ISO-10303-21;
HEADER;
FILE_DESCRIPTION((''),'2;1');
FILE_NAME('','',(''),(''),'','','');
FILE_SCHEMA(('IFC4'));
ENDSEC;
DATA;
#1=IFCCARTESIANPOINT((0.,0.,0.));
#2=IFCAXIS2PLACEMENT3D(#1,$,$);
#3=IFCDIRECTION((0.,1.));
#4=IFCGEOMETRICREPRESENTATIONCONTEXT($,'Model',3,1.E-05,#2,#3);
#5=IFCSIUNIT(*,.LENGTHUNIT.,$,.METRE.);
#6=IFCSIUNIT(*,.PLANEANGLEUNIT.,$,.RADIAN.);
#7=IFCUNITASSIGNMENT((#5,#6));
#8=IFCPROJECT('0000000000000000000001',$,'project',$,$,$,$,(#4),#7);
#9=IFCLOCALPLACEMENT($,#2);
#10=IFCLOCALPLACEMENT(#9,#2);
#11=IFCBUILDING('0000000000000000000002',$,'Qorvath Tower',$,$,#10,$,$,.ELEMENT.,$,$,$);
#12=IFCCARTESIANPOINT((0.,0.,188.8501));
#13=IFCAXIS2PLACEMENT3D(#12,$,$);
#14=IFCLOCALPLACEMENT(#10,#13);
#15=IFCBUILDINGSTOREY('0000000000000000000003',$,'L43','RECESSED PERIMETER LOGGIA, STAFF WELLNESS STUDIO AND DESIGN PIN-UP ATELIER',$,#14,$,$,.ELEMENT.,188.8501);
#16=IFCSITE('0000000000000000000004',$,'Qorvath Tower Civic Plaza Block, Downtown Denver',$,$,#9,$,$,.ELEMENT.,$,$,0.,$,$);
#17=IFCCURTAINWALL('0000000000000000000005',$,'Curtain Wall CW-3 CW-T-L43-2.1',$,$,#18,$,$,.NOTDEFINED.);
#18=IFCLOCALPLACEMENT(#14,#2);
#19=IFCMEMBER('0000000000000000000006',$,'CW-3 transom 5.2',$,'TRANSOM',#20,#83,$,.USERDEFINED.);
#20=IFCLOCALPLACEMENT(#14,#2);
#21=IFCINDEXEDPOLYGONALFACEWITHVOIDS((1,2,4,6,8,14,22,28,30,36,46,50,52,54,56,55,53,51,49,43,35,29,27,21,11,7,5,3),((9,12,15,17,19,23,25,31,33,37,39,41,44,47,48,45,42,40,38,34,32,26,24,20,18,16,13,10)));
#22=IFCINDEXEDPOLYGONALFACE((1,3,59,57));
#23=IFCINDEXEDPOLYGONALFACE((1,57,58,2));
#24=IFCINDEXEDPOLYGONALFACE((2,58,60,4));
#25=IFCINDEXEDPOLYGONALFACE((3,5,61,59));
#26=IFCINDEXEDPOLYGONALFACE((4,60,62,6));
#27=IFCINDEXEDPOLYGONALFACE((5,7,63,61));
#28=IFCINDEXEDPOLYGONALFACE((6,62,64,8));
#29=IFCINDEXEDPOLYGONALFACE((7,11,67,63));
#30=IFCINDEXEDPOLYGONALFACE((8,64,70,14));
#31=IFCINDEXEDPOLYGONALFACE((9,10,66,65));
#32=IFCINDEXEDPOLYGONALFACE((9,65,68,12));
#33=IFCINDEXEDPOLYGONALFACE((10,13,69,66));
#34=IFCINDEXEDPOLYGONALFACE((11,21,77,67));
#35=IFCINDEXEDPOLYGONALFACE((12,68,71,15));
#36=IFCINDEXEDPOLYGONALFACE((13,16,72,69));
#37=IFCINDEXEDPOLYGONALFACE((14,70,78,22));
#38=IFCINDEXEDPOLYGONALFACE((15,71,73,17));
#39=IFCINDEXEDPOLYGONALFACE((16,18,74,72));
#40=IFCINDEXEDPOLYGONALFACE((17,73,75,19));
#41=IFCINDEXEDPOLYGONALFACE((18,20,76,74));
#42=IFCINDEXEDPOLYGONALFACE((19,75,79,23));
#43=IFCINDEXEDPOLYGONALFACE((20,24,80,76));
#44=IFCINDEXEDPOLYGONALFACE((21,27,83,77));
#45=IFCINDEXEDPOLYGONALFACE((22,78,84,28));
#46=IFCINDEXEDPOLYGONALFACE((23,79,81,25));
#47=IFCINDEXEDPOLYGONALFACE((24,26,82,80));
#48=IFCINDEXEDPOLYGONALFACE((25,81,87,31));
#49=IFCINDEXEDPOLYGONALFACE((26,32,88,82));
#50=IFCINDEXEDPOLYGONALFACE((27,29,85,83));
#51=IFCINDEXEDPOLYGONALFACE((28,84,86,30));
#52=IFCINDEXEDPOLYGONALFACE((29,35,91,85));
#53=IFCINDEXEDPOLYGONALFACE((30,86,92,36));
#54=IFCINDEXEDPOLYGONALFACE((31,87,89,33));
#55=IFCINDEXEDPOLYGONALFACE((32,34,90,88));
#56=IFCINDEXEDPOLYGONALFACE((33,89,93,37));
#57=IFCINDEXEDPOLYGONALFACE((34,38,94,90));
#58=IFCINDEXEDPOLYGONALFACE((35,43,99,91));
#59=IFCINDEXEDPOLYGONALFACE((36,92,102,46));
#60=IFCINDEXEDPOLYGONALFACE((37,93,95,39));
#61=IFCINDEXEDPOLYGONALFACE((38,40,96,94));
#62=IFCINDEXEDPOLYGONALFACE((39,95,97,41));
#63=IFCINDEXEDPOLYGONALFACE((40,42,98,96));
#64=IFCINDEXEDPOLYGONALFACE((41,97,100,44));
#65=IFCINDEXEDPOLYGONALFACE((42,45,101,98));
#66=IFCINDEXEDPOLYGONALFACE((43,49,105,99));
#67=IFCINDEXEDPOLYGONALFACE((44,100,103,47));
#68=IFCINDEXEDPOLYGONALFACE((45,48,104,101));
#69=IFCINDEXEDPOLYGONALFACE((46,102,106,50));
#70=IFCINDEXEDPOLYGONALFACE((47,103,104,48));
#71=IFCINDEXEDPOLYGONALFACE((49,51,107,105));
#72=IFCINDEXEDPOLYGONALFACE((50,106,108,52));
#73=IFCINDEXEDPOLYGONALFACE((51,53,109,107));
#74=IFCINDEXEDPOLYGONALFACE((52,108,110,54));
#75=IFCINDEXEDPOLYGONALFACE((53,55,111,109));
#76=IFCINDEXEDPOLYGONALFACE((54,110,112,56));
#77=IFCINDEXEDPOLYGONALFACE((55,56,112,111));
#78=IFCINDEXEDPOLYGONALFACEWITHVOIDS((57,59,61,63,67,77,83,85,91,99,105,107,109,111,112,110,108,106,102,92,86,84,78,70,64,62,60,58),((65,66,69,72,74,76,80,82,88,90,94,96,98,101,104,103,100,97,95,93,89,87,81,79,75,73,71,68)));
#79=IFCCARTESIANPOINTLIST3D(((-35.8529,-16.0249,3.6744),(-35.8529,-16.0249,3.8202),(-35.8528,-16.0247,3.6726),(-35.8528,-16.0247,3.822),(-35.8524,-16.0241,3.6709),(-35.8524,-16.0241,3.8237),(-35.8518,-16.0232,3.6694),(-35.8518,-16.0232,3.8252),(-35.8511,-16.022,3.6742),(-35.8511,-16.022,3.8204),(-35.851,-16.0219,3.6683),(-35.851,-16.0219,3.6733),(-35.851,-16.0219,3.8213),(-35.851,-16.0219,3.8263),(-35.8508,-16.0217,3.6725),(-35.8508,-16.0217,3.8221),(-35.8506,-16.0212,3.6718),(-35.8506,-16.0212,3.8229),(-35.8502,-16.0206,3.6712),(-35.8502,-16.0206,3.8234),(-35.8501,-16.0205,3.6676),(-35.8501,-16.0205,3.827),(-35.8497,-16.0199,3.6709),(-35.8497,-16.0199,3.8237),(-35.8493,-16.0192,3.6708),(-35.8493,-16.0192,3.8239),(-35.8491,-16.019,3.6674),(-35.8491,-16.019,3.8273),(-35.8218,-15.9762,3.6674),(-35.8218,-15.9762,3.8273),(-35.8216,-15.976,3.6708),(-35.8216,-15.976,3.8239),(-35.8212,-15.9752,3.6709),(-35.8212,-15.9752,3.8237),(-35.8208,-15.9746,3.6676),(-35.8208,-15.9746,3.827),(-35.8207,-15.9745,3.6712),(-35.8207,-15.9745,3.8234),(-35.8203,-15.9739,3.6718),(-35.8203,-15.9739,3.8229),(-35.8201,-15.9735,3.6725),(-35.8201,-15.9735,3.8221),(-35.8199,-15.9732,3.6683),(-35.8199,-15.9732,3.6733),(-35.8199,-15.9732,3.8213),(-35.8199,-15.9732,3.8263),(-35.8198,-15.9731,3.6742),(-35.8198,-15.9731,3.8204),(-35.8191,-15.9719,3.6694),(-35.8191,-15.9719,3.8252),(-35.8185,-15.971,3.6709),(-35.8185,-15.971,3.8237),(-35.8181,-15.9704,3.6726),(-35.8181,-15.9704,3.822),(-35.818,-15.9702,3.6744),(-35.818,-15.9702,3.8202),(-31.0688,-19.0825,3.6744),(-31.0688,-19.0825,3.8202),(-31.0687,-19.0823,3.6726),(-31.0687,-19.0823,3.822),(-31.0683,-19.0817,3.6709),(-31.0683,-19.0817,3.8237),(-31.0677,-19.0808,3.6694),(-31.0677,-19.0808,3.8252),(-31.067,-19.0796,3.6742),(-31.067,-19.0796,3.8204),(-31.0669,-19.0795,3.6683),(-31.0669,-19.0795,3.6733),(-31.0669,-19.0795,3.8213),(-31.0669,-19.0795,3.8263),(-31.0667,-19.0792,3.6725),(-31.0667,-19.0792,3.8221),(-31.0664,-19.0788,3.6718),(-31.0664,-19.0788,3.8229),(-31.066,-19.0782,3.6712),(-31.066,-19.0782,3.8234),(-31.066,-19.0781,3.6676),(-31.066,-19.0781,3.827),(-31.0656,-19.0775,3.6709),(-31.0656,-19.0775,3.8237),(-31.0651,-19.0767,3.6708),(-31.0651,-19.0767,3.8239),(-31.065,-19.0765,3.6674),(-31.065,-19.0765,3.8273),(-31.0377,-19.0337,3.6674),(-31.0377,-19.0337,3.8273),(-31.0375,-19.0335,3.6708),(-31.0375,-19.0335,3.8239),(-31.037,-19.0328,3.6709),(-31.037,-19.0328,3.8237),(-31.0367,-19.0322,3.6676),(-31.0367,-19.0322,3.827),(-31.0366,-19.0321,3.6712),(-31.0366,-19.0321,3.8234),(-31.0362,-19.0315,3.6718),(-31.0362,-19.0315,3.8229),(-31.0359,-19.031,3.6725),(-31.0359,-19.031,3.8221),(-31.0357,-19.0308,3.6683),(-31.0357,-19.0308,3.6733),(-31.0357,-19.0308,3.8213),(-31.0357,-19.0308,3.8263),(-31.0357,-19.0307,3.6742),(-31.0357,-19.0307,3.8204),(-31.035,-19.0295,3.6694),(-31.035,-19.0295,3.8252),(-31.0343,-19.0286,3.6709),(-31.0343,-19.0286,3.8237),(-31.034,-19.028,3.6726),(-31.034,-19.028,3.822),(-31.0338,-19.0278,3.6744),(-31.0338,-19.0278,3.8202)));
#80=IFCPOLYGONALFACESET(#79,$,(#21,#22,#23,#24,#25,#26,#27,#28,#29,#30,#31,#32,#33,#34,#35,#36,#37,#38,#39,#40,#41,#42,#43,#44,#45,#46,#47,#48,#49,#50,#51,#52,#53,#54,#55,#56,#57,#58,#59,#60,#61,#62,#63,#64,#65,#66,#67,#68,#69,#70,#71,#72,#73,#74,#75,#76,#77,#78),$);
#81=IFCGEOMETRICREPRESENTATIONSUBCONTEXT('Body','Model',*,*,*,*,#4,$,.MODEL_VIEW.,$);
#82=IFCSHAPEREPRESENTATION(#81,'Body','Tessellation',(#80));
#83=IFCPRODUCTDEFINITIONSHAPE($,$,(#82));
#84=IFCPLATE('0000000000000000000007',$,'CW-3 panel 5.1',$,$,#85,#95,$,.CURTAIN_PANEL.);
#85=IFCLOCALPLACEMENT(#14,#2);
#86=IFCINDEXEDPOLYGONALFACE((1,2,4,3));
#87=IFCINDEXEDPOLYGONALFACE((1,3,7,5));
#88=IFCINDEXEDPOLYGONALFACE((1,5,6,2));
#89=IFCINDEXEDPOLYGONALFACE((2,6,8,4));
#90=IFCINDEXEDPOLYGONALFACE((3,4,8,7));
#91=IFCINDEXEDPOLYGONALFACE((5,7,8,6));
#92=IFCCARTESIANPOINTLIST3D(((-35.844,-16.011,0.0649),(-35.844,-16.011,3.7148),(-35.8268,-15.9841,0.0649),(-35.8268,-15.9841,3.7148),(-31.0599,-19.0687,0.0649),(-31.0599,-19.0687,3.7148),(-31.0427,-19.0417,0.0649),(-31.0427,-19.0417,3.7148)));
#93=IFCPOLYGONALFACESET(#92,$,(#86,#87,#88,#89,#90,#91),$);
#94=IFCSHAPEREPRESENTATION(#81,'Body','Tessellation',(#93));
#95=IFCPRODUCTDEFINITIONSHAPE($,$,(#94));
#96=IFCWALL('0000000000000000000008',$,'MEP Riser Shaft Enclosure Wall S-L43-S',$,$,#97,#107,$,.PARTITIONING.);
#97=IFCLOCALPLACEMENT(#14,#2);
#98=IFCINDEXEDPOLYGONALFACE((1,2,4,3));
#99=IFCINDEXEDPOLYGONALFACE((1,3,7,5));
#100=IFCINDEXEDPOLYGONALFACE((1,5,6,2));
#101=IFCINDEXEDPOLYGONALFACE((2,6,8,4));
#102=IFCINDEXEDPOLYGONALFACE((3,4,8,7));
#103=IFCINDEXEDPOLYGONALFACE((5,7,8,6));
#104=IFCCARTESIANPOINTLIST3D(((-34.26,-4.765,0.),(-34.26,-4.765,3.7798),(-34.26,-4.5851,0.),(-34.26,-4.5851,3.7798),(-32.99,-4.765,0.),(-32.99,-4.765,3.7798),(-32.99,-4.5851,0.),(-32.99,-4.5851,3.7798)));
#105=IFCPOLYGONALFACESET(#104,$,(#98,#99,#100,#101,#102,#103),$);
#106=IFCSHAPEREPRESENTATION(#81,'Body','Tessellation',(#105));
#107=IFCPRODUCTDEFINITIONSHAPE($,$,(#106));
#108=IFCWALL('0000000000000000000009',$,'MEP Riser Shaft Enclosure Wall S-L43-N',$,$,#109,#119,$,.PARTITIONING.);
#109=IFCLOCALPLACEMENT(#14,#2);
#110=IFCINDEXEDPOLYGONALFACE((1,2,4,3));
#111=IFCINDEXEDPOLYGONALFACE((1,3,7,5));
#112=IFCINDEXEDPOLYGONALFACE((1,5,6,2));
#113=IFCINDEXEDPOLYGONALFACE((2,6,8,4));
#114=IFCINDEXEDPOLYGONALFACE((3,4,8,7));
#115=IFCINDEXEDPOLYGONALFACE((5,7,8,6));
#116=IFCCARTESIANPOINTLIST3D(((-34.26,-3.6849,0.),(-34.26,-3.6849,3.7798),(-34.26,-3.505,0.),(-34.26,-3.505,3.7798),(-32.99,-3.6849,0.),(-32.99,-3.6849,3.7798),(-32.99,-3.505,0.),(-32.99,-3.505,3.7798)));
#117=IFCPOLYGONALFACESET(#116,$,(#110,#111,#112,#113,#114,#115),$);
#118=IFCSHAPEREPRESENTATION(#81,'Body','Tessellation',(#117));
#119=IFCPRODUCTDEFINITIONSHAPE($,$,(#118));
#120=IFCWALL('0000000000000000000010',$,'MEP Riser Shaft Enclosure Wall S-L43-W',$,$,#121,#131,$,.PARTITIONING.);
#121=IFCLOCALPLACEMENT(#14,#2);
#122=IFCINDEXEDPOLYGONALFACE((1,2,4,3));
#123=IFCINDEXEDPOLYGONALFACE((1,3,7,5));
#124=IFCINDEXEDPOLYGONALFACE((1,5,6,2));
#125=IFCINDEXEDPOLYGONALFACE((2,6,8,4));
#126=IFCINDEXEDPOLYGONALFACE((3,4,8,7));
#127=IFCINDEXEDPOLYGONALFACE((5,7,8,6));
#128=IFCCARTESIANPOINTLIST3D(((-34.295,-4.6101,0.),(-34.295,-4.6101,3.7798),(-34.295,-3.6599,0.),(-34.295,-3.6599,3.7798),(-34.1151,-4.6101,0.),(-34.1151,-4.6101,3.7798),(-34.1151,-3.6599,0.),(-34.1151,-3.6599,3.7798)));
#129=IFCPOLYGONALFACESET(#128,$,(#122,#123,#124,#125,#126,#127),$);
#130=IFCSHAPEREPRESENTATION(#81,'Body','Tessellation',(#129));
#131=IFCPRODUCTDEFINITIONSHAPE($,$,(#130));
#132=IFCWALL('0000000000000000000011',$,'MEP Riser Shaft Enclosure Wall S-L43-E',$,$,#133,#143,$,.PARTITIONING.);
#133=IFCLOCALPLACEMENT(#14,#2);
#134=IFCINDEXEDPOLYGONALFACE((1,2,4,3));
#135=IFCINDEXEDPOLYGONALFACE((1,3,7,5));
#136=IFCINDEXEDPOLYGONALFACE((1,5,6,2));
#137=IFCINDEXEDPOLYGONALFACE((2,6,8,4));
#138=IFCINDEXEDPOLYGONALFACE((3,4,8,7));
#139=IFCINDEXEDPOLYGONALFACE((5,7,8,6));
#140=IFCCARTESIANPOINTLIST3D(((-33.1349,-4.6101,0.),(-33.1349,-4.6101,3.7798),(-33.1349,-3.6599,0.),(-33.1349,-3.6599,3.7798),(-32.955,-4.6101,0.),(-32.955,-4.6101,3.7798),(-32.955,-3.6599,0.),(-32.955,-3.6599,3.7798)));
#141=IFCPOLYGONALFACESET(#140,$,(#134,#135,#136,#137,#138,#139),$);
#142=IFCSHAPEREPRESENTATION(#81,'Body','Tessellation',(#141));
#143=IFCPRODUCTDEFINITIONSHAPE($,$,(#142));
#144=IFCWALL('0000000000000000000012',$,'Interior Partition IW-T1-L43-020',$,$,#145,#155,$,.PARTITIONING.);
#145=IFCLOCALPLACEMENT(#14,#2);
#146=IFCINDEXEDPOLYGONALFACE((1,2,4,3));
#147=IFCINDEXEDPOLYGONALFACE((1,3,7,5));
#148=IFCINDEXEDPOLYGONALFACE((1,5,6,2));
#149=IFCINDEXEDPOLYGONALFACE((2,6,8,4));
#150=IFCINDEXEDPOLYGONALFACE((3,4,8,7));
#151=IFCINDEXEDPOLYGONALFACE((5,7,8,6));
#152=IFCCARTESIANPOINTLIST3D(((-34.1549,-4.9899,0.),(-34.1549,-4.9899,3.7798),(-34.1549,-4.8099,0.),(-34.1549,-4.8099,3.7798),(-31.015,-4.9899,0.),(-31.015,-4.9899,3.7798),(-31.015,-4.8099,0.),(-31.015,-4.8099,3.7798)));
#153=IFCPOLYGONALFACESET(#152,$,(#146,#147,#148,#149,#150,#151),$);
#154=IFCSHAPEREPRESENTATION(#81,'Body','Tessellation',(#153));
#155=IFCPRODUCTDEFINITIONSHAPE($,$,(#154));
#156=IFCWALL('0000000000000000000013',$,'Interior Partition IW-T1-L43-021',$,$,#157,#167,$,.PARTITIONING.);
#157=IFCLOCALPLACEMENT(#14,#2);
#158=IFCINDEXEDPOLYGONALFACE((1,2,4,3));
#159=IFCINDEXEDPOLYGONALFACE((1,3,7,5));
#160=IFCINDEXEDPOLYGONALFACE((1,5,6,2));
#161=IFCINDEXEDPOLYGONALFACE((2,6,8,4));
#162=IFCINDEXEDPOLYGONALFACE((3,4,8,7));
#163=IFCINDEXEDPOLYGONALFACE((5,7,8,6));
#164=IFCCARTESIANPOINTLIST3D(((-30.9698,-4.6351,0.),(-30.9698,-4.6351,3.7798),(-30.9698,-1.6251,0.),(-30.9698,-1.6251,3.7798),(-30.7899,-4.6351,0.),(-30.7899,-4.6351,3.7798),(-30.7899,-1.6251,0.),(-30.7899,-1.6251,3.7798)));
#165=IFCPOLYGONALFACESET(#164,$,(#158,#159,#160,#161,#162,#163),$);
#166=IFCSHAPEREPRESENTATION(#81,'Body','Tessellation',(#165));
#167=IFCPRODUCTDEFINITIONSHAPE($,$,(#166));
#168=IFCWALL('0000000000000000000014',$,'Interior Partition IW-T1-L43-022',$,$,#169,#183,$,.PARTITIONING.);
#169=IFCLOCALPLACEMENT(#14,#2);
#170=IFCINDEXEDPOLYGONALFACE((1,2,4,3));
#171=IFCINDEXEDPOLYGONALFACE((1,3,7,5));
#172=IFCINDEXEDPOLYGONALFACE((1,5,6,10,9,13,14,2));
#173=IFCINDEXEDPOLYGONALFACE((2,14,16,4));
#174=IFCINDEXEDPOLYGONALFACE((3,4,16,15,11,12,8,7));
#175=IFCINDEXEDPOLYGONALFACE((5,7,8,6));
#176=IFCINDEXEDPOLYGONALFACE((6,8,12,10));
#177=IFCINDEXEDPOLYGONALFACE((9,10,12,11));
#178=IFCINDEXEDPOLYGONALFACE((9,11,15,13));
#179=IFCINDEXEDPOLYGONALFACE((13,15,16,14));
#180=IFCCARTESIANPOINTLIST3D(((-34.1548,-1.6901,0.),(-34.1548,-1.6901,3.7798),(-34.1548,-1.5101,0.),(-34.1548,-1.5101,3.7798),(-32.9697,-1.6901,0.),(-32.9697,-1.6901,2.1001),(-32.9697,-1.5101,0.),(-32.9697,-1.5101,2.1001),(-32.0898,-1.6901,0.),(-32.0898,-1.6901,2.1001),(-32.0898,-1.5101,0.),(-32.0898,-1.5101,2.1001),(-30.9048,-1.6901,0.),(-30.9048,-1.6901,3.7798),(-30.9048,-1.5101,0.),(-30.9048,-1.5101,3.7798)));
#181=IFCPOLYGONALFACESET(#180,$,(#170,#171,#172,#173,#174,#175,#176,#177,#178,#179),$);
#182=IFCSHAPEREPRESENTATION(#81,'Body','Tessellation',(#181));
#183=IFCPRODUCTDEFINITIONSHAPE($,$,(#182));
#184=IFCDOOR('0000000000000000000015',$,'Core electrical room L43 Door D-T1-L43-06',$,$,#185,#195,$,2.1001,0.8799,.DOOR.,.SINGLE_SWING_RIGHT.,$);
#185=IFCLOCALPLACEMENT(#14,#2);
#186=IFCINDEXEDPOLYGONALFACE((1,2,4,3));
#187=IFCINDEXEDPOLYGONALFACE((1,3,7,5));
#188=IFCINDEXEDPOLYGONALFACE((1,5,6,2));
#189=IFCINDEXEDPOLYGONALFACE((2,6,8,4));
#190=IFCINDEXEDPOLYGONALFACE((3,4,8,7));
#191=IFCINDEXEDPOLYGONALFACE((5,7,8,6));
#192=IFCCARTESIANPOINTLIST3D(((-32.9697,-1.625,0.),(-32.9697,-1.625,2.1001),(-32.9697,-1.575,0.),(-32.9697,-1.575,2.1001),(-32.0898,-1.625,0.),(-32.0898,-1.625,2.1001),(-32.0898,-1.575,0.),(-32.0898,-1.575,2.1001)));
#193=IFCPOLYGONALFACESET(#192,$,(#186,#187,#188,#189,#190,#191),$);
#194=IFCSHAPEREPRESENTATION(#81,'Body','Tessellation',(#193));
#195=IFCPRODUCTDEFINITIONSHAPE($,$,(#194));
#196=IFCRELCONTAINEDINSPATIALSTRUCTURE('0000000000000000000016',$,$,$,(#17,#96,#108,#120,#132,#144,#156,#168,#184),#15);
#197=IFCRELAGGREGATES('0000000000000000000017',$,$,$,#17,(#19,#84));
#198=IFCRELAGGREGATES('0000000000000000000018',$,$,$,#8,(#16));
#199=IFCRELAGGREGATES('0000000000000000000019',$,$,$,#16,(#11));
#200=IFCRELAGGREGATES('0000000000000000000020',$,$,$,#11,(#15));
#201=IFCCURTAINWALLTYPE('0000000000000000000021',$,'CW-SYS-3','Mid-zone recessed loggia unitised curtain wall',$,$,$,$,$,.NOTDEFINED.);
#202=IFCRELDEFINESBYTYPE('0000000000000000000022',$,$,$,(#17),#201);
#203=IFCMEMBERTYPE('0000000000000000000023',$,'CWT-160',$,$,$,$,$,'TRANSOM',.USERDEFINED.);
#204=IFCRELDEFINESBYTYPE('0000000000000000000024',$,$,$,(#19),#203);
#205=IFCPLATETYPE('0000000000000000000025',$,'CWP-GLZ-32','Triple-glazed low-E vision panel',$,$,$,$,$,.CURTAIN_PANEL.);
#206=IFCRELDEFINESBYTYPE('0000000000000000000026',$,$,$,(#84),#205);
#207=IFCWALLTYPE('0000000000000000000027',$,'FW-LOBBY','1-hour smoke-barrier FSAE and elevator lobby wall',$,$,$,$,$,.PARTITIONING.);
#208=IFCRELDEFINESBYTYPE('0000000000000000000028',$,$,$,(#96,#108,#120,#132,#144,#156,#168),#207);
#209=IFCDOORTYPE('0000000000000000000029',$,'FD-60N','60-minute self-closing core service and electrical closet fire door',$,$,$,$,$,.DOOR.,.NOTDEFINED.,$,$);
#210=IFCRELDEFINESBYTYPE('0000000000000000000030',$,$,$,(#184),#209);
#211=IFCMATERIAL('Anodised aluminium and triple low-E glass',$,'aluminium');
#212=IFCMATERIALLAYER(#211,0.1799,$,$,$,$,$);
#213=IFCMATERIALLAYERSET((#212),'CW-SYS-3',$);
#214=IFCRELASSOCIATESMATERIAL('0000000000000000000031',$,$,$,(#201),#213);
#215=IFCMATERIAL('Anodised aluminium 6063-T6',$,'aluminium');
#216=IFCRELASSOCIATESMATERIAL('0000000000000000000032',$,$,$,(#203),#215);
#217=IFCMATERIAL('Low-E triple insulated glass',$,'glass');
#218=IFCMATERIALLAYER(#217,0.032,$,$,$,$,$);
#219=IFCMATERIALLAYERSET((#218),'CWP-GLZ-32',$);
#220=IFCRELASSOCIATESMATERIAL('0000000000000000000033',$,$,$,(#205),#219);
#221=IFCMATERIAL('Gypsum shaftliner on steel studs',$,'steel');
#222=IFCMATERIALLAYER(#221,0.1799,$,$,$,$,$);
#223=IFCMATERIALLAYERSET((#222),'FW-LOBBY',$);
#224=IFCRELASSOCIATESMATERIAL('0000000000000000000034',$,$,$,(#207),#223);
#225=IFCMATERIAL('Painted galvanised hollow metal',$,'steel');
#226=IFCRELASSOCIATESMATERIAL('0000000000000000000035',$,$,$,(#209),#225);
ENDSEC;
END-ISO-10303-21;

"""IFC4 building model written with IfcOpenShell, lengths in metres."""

from ifc_helpers import new_model, si_unit, direction, frame, frame_2d, origin, origin_2d, place, context, subcontext, project, spatial, rectangle, hollow_rectangle, extrude, material, layer, layer_set, material_profile, profile_set, type_object, element, fill, aggregate, save


model = new_model("IFC4")

# Units and contexts
model_context = context("Model", 3, precision=1e-05, world=origin(), true_north=direction((0.0, 1.0)))
body_context = subcontext(model_context, "Body", "Model", "MODEL_VIEW")
ifc_project = project(units=[si_unit("LENGTHUNIT", "METRE"), si_unit("PLANEANGLEUNIT", "RADIAN")], contexts=[model_context])

# Site, building, storey
site_placement = place(None, origin())
site = spatial("IfcSite", under=ifc_project, at=site_placement, Name="Qorvath Tower Civic Plaza Block, Downtown Denver", CompositionType="ELEMENT", RefElevation=0.0)
building_placement = place(site_placement, origin())
building = spatial("IfcBuilding", under=site, at=building_placement, Name="Qorvath Tower", CompositionType="ELEMENT")
storey_placement = place(building_placement, frame((0.0, 0.0, 188.8501)))
storey = spatial("IfcBuildingStorey", under=building, at=storey_placement, Name="L43", Description="RECESSED PERIMETER LOGGIA, STAFF WELLNESS STUDIO AND DESIGN PIN-UP ATELIER", CompositionType="ELEMENT", Elevation=188.8501)

# Curtain wall
ifc_material_1 = material(Name="Anodised aluminium and triple low-E glass", Category="aluminium")
ifc_layer_1 = layer(ifc_material_1, 0.1799)
ifc_layer_set_1 = layer_set([ifc_layer_1], Name="CW-SYS-3")
curtain_wall_type = type_object("IfcCurtainWallType", Name="CW-SYS-3", Description="Mid-zone recessed loggia unitised curtain wall", PredefinedType="NOTDEFINED", material=ifc_layer_set_1)
curtain_wall_1_placement = place(storey_placement, origin())
curtain_wall_1 = element("IfcCurtainWall", 1, at=curtain_wall_1_placement, inside=storey, type_object=curtain_wall_type, Name="Curtain Wall CW-3 CW-T-L43-2.1", PredefinedType="NOTDEFINED")

# Member
ifc_material_2 = material(Name="Anodised aluminium 6063-T6", Category="aluminium")
ifc_material_profile_1 = material_profile(ifc_material_2, hollow_rectangle(XDim=0.0649, YDim=0.1599, WallThickness=0.0034, InnerFilletRadius=0.0034, OuterFilletRadius=0.0071, at=origin_2d()), Name="CWT 160x65")
ifc_profile_set_1 = profile_set([ifc_material_profile_1], Name="Anodised aluminium 6063-T6")
member_type_1 = type_object("IfcMemberType", Name="CWT-160", ElementType="TRANSOM", PredefinedType="USERDEFINED", material=ifc_profile_set_1)
member_1_placement = place(storey_placement, frame((-35.8354, -15.9976, 3.7473), z_axis=(0.842612, -0.538522, 0.0), x_axis=(0.538522, 0.842612, 0.0)))
member_1 = element("IfcMember", 2, at=member_1_placement, type_object=member_type_1, Name="CW-3 transom 5.2", ObjectType="TRANSOM", PredefinedType="USERDEFINED", context=body_context, shape_type="SweptSolid", body=[
    extrude(hollow_rectangle(XDim=0.0649, YDim=0.1599, WallThickness=0.0034, InnerFilletRadius=0.0034, OuterFilletRadius=0.0071, at=origin_2d()), origin(), (0.0, 0.0, 1.0), 5.6777),
])

# Plate
ifc_material_3 = material(Name="Low-E triple insulated glass", Category="glass")
ifc_layer_2 = layer(ifc_material_3, 0.032)
ifc_layer_set_2 = layer_set([ifc_layer_2], Name="CWP-GLZ-32")
plate_type = type_object("IfcPlateType", Name="CWP-GLZ-32", Description="Triple-glazed low-E vision panel", PredefinedType="CURTAIN_PANEL", material=ifc_layer_set_2)
plate_placement = place(storey_placement, frame((-33.4434, -17.5264, 0.0649), z_axis=(0.0, 0.0, 1.0), x_axis=(0.842607, -0.53853, 0.0)))
plate = element("IfcPlate", 3, at=plate_placement, type_object=plate_type, Name="CW-3 panel 5.1", PredefinedType="CURTAIN_PANEL", context=body_context, shape_type="SweptSolid", body=[
    extrude(rectangle(XDim=5.6777, YDim=0.032, at=origin_2d()), origin(), (0.0, 0.0, 1.0), 3.6499),
])
aggregate(curtain_wall_1, [member_1, plate])

# Walls
ifc_material_4 = material(Name="Gypsum shaftliner on steel studs", Category="steel")
ifc_layer_3 = layer(ifc_material_4, 0.1799)
ifc_layer_set_3 = layer_set([ifc_layer_3], Name="FW-LOBBY")
wall_type_1 = type_object("IfcWallType", Name="FW-LOBBY", Description="1-hour smoke-barrier FSAE and elevator lobby wall", PredefinedType="PARTITIONING", material=ifc_layer_set_3)
for number, where, z_axis, x_axis, name in (
    (4, (-32.99, -4.675, 0.0), (0.0, 0.0, 1.0), (-1.0, 0.0, 0.0), "MEP Riser Shaft Enclosure Wall S-L43-S"),
    (5, (-34.26, -3.595, 0.0), (0.0, 0.0, 1.0), (1.0, 0.0, 0.0), "MEP Riser Shaft Enclosure Wall S-L43-N"),
):
    element("IfcWall", number, at=place(storey_placement, frame(where, z_axis=z_axis, x_axis=x_axis)), inside=storey, type_object=wall_type_1, Name=name, PredefinedType="PARTITIONING", context=body_context, shape_type="SweptSolid", body=[
        extrude(rectangle(XDim=1.27, YDim=0.1799, at=frame_2d((0.635, 0.0))), origin(), (0.0, 0.0, 1.0), 3.7798),
    ])
for number, where, z_axis, x_axis, name in (
    (6, (-34.2051, -4.6101, 0.0), (0.0, 0.0, 1.0), (0.0, 1.0, 0.0), "MEP Riser Shaft Enclosure Wall S-L43-W"),
    (7, (-33.0449, -3.6599, 0.0), (0.0, 0.0, 1.0), (0.0, -1.0, 0.0), "MEP Riser Shaft Enclosure Wall S-L43-E"),
):
    element("IfcWall", number, at=place(storey_placement, frame(where, z_axis=z_axis, x_axis=x_axis)), inside=storey, type_object=wall_type_1, Name=name, PredefinedType="PARTITIONING", context=body_context, shape_type="SweptSolid", body=[
        extrude(rectangle(XDim=0.9502, YDim=0.1799, at=frame_2d((0.4751, 0.0))), origin(), (0.0, 0.0, 1.0), 3.7798),
    ])
wall_1_placement = place(storey_placement, frame((-34.1548, -4.8999, 0.0), z_axis=(0.0, 0.0, 1.0), x_axis=(1.0, 0.0, 0.0)))
element("IfcWall", 8, at=wall_1_placement, inside=storey, type_object=wall_type_1, Name="Interior Partition IW-T1-L43-020", PredefinedType="PARTITIONING", context=body_context, shape_type="SweptSolid", body=[
    extrude(rectangle(XDim=3.1399, YDim=0.1799, at=frame_2d((1.5698, 0.0))), origin(), (0.0, 0.0, 1.0), 3.7798),
])
wall_2_placement = place(storey_placement, frame((-30.8799, -4.635, 0.0), z_axis=(0.0, 0.0, 1.0), x_axis=(0.0, 1.0, 0.0)))
element("IfcWall", 9, at=wall_2_placement, inside=storey, type_object=wall_type_1, Name="Interior Partition IW-T1-L43-021", PredefinedType="PARTITIONING", context=body_context, shape_type="SweptSolid", body=[
    extrude(rectangle(XDim=3.01, YDim=0.1799, at=frame_2d((1.5049, 0.0))), origin(), (0.0, 0.0, 1.0), 3.7798),
])

# Wall, opening, door
wall_3_placement = place(storey_placement, frame((-30.9048, -1.6001, 0.0), z_axis=(0.0, 0.0, 1.0), x_axis=(-1.0, 0.0, 0.0)))
wall_3 = element("IfcWall", 10, at=wall_3_placement, inside=storey, type_object=wall_type_1, Name="Interior Partition IW-T1-L43-022", PredefinedType="PARTITIONING", context=body_context, shape_type="SweptSolid", body=[
    extrude(rectangle(XDim=3.25, YDim=0.1799, at=frame_2d((1.625, 0.0))), origin(), (0.0, 0.0, 1.0), 3.7798),
])
opening_1_placement = place(wall_3_placement, frame((1.1851, 0.0, 0.0)))
opening_1 = element("IfcOpeningElement", 11, at=opening_1_placement, cuts=wall_3, PredefinedType="OPENING", context=body_context, shape_type="SweptSolid", body=[
    extrude(rectangle(XDim=0.8799, YDim=2.1001, at=frame_2d((0.4399, 1.05))), frame((0.0, 0.1001, 0.0), z_axis=(0.0, -1.0, 0.0), x_axis=(1.0, 0.0, 0.0)), (0.0, 0.0, 1.0), 0.2),
])
ifc_material_5 = material(Name="Painted galvanised hollow metal", Category="steel")
door_type_1 = type_object("IfcDoorType", Name="FD-60N", Description="60-minute self-closing core service and electrical closet fire door", OperationType="NOTDEFINED", PredefinedType="DOOR", material=ifc_material_5)
door_1_placement = place(opening_1_placement, origin())
door_1 = element("IfcDoor", 12, at=door_1_placement, inside=storey, type_object=door_type_1, Name="Core electrical room L43 Door D-T1-L43-06", OperationType="SINGLE_SWING_RIGHT", OverallHeight=2.1001, OverallWidth=0.8799, PredefinedType="DOOR", context=body_context, shape_type="SweptSolid", body=[
    extrude(rectangle(XDim=0.8799, YDim=2.1001, at=frame_2d((0.4399, 1.05))), frame((0.0, 0.0249, 0.0), z_axis=(0.0, -1.0, 0.0), x_axis=(1.0, 0.0, 0.0)), (0.0, 0.0, 1.0), 0.05),
])
fill(opening_1, door_1)

save(model, "model.ifc")
